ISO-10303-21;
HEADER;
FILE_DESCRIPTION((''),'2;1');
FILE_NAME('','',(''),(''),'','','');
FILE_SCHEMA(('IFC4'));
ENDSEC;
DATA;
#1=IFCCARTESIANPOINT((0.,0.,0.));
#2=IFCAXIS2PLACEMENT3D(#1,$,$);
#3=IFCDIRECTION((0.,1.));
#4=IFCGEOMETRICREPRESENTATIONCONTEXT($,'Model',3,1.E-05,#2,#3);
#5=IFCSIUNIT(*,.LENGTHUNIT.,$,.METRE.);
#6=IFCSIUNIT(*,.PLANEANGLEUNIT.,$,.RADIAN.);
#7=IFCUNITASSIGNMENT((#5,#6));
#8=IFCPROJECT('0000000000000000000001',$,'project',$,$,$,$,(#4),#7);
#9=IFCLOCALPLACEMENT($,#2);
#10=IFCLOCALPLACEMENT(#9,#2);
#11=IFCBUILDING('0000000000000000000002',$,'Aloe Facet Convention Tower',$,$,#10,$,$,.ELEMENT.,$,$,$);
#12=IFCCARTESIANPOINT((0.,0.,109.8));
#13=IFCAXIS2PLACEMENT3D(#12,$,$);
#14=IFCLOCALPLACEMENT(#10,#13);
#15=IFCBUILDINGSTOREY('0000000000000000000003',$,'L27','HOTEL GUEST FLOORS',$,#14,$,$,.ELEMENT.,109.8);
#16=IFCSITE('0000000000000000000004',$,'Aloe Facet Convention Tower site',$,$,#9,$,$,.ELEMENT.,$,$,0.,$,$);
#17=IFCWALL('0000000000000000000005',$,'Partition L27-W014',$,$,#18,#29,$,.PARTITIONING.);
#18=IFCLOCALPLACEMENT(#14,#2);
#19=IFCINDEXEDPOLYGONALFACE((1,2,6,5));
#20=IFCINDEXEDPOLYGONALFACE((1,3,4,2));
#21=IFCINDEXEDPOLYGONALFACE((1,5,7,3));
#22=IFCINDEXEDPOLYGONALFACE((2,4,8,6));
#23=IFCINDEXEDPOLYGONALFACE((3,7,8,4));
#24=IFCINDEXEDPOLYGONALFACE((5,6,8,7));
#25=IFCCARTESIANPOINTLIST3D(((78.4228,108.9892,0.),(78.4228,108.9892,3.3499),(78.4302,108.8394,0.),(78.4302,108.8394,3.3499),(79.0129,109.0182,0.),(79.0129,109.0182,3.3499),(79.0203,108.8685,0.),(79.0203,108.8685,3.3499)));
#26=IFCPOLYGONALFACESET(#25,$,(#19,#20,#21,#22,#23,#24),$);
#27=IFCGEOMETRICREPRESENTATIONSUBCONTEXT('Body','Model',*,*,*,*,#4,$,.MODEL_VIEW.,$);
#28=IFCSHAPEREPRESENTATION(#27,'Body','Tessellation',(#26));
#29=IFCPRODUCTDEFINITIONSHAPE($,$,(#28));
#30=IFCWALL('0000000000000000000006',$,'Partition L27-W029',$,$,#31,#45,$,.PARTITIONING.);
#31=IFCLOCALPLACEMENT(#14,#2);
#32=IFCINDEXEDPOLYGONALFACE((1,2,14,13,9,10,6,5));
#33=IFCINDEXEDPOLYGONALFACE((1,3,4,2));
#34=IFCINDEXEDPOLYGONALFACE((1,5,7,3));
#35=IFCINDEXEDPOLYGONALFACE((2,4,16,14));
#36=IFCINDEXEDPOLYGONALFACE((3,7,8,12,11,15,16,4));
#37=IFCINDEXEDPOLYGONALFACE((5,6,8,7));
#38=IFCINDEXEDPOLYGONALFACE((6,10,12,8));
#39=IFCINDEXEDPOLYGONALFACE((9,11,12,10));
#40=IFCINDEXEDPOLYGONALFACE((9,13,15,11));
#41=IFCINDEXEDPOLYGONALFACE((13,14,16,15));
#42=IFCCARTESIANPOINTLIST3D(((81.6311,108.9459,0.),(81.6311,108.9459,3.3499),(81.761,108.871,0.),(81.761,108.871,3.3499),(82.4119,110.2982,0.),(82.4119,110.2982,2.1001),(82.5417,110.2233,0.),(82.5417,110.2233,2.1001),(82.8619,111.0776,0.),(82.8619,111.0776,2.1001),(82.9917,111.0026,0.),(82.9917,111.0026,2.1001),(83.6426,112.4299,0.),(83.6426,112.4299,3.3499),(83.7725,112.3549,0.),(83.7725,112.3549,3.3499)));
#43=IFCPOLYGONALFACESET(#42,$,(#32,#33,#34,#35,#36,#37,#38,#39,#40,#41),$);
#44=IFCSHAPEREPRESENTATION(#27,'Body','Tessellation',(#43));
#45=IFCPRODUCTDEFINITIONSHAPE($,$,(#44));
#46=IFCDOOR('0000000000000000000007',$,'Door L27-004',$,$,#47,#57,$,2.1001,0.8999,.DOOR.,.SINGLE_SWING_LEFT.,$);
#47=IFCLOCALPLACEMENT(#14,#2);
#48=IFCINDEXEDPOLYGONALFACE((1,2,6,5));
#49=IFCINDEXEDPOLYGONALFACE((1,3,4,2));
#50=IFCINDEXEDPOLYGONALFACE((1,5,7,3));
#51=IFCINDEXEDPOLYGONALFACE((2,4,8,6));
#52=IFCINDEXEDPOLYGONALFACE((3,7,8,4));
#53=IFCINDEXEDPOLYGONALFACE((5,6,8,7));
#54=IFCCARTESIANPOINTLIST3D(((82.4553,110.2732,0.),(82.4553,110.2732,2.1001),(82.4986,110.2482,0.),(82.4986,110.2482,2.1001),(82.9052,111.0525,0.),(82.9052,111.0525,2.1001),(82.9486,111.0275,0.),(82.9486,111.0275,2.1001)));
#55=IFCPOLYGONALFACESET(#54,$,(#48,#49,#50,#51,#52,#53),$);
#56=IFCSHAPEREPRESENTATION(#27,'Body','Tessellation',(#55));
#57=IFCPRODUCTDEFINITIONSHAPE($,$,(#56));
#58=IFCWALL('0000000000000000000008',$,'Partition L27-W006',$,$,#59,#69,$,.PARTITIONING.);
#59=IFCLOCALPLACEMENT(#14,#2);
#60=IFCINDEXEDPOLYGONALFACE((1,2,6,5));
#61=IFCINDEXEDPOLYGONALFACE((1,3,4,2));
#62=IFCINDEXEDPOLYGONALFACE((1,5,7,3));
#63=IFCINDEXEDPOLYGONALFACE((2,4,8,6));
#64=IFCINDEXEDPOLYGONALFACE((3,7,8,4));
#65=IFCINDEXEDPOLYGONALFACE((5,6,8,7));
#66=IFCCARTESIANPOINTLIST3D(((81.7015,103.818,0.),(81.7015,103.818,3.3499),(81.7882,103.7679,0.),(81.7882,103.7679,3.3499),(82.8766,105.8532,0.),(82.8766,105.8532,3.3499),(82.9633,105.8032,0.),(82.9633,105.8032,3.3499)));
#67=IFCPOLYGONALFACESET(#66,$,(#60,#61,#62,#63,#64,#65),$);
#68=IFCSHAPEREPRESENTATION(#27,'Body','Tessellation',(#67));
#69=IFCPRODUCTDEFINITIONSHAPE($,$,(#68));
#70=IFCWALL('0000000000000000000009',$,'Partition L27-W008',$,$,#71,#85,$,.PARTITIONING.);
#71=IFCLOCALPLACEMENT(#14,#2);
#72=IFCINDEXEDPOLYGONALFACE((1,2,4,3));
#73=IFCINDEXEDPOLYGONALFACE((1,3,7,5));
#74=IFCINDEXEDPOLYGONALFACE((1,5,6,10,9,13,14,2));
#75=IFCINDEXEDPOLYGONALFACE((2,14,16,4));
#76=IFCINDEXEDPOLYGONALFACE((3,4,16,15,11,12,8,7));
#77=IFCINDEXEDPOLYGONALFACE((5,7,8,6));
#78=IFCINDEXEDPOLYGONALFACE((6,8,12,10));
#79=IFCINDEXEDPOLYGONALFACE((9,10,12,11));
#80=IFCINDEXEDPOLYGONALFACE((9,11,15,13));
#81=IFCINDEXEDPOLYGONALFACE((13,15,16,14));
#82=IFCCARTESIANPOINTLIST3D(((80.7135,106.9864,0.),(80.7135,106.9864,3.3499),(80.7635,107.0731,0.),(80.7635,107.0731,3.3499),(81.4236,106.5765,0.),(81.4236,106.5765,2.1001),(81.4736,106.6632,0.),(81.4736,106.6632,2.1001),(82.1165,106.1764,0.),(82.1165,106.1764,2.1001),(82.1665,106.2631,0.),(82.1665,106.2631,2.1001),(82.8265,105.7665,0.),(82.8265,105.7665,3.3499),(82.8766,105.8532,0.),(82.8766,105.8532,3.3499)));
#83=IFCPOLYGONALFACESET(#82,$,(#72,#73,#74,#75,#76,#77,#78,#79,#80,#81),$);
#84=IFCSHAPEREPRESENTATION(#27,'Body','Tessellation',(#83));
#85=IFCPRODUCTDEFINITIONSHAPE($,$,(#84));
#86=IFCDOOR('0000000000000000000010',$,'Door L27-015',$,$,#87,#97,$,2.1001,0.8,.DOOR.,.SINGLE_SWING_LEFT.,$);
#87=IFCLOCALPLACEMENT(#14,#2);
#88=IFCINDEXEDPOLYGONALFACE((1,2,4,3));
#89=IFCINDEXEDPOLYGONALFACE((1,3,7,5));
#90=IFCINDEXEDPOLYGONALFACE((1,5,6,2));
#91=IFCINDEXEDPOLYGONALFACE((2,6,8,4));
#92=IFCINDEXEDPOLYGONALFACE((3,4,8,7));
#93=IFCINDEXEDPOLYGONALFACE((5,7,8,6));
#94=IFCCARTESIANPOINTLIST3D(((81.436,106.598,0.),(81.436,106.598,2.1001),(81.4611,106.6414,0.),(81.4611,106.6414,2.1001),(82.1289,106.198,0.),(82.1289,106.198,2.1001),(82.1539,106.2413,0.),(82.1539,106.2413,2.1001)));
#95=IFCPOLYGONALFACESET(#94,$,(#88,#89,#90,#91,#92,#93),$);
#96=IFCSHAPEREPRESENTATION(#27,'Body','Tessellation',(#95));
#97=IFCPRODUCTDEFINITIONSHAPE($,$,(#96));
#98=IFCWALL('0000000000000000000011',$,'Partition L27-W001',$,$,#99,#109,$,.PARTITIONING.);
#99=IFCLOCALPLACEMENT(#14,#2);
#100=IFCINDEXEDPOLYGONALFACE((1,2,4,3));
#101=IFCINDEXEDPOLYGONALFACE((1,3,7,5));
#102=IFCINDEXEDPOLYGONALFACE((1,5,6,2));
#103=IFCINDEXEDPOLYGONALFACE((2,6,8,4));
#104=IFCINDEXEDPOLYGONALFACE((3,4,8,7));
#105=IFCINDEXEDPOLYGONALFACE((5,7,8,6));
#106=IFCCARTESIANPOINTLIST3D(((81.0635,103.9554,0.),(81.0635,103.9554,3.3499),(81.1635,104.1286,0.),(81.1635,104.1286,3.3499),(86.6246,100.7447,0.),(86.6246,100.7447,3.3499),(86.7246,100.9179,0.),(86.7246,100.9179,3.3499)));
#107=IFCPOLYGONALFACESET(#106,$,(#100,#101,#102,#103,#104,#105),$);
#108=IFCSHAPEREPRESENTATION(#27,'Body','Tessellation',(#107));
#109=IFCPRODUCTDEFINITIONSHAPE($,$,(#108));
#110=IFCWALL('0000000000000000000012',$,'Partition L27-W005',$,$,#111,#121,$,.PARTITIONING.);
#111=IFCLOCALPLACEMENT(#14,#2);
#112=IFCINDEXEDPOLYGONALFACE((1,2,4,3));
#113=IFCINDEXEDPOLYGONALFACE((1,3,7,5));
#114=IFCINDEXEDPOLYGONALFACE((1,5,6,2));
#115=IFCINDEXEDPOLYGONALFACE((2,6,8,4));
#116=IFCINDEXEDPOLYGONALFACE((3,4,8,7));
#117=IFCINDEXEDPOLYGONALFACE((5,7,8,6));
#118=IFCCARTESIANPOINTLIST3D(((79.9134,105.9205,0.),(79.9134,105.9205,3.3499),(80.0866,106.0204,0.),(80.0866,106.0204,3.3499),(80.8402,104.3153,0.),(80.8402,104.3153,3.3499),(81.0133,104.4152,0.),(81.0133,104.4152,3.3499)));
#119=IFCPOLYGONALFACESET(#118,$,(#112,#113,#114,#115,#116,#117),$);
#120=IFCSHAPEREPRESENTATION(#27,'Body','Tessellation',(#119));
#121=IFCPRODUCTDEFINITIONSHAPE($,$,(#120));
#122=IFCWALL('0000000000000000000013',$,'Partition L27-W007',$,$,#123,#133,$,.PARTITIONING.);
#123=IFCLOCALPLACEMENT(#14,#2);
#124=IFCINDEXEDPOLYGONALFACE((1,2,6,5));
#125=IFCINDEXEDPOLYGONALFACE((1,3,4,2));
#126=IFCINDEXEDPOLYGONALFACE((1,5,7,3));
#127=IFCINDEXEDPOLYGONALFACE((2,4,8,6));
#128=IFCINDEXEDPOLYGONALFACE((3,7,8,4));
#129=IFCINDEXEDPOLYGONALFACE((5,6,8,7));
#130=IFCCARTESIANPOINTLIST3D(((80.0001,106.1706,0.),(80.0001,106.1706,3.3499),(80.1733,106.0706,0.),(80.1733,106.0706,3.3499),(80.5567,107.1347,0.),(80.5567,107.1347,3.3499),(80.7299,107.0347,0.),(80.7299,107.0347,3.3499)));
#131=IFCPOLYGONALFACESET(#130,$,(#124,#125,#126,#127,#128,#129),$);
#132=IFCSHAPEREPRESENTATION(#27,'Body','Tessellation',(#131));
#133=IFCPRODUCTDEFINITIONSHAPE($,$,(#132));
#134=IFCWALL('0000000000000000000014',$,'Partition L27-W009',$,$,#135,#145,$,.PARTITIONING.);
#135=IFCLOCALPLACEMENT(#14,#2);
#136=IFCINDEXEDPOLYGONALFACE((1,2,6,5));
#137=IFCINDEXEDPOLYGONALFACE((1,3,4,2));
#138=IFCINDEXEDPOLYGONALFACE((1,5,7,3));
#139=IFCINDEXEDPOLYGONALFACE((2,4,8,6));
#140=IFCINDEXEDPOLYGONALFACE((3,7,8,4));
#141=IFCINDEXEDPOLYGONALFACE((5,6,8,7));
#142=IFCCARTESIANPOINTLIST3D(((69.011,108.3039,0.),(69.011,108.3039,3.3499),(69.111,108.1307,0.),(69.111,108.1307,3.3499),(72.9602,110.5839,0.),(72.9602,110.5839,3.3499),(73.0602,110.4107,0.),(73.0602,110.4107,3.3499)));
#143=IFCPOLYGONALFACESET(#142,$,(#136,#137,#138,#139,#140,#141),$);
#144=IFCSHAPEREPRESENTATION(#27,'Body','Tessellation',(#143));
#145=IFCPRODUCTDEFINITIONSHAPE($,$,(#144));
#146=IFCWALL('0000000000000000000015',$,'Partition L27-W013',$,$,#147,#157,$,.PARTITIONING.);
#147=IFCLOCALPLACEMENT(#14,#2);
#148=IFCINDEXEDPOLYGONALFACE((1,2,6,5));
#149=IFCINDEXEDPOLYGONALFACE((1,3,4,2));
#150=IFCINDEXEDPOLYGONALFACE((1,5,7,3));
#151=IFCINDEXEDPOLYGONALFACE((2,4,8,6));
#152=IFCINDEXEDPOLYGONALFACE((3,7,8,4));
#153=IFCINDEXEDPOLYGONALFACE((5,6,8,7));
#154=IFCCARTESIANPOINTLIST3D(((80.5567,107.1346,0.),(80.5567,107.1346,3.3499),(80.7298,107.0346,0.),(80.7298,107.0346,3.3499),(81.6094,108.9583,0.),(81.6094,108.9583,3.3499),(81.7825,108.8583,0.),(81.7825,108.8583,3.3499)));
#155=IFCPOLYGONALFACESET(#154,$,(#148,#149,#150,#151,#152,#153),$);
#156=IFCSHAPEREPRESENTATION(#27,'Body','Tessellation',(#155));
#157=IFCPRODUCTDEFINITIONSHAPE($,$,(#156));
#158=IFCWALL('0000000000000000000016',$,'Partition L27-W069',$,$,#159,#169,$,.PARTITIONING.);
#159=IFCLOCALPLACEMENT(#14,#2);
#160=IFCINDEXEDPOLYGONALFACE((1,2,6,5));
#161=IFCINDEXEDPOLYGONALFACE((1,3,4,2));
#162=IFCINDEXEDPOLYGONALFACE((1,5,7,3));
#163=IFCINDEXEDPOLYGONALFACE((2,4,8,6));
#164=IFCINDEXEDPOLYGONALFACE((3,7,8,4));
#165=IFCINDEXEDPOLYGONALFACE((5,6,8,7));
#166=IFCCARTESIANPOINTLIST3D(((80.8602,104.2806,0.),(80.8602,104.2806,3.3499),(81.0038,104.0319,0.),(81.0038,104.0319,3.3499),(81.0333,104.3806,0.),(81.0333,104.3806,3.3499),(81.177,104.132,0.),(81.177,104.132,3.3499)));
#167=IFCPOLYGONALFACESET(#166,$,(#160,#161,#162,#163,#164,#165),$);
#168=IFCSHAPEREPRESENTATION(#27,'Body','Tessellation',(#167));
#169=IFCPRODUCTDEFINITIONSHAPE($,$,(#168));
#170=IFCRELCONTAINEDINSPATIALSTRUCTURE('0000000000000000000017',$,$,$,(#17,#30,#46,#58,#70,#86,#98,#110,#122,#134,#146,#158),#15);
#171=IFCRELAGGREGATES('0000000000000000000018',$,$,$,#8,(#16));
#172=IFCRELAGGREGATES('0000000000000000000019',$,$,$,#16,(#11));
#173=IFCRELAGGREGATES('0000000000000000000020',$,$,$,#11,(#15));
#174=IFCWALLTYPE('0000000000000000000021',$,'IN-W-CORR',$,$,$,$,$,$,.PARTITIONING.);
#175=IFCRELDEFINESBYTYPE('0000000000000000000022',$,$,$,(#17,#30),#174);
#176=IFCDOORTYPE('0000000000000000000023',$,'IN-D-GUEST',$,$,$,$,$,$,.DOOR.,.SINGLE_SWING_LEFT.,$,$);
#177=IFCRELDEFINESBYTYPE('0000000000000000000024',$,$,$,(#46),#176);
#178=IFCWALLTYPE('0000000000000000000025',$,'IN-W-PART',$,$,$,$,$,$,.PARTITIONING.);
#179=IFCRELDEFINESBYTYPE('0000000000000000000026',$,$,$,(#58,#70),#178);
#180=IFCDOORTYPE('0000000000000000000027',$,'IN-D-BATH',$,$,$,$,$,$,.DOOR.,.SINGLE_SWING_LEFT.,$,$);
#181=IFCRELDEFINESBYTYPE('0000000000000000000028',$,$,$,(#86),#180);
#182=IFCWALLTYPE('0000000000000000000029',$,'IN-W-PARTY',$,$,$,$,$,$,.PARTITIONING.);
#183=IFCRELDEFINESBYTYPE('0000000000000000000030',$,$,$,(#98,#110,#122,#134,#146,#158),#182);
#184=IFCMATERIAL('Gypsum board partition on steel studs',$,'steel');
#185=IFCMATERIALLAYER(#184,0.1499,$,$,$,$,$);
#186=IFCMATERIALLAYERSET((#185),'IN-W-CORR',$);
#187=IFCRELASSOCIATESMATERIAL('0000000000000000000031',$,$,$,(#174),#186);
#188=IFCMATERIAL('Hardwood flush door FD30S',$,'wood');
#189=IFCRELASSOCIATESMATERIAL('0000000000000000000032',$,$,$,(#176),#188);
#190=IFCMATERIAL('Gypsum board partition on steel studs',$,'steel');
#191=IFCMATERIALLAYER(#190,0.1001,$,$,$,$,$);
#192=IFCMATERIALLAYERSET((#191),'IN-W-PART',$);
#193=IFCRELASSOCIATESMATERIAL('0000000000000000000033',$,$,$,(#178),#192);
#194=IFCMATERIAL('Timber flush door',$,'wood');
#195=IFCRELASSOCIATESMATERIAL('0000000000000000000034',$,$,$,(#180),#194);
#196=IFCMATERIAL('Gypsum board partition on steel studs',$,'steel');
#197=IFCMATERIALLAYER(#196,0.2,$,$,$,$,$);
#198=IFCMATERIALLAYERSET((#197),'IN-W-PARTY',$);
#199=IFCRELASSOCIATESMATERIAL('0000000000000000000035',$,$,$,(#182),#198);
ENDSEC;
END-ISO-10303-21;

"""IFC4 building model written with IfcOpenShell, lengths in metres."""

from ifc_helpers import new_model, si_unit, direction, frame, frame_2d, origin, place, context, subcontext, project, spatial, rectangle, extrude, material, layer, layer_set, type_object, element, fill, save


model = new_model("IFC4")

# Units and contexts
model_context = context("Model", 3, precision=1e-05, world=origin(), true_north=direction((0.0, 1.0)))
body_context = subcontext(model_context, "Body", "Model", "MODEL_VIEW")
ifc_project = project(units=[si_unit("LENGTHUNIT", "METRE"), si_unit("PLANEANGLEUNIT", "RADIAN")], contexts=[model_context])

# Site, building, storey
site_placement = place(None, origin())
site = spatial("IfcSite", under=ifc_project, at=site_placement, Name="Aloe Facet Convention Tower site", CompositionType="ELEMENT", RefElevation=0.0)
building_placement = place(site_placement, origin())
building = spatial("IfcBuilding", under=site, at=building_placement, Name="Aloe Facet Convention Tower", CompositionType="ELEMENT")
storey_placement = place(building_placement, frame((0.0, 0.0, 109.8)))
storey = spatial("IfcBuildingStorey", under=building, at=storey_placement, Name="L27", Description="HOTEL GUEST FLOORS", CompositionType="ELEMENT", Elevation=109.8)

# Wall
ifc_material_1 = material(Name="Gypsum board partition on steel studs", Category="steel")
ifc_layer_1 = layer(ifc_material_1, 0.1499)
ifc_layer_set_1 = layer_set([ifc_layer_1], Name="IN-W-CORR")
wall_type_1 = type_object("IfcWallType", Name="IN-W-CORR", PredefinedType="PARTITIONING", material=ifc_layer_set_1)
wall_1_placement = place(storey_placement, frame((78.4265, 108.9143, 0.0), z_axis=(0.0, 0.0, 1.0), x_axis=(0.99879, 0.049175, 0.0)))
element("IfcWall", 1, at=wall_1_placement, inside=storey, type_object=wall_type_1, Name="Partition L27-W014", PredefinedType="PARTITIONING", context=body_context, shape_type="SweptSolid", body=[
    extrude(rectangle(XDim=0.5908, YDim=0.1499, at=frame_2d((0.2954, 0.0))), origin(), (0.0, 0.0, 1.0), 3.3499),
])

# Wall, opening, door
wall_2_placement = place(storey_placement, frame((81.696, 108.9084, 0.0), z_axis=(0.0, 0.0, 1.0), x_axis=(0.50001, 0.86602, 0.0)))
wall_2 = element("IfcWall", 2, at=wall_2_placement, inside=storey, type_object=wall_type_1, Name="Partition L27-W029", PredefinedType="PARTITIONING", context=body_context, shape_type="SweptSolid", body=[
    extrude(rectangle(XDim=4.0229, YDim=0.1499, at=frame_2d((2.0115, 0.0))), origin(), (0.0, 0.0, 1.0), 3.3499),
])
opening_1_placement = place(wall_2_placement, frame((1.5615, 0.0, 0.0)))
opening_1 = element("IfcOpeningElement", 3, at=opening_1_placement, cuts=wall_2, PredefinedType="OPENING", context=body_context, shape_type="SweptSolid", body=[
    extrude(rectangle(XDim=0.8999, YDim=2.1001, at=frame_2d((0.45, 1.05))), frame((0.0, 0.085, 0.0), z_axis=(0.0, -1.0, 0.0), x_axis=(1.0, 0.0, 0.0)), (0.0, 0.0, 1.0), 0.1699),
])
ifc_material_2 = material(Name="Hardwood flush door FD30S", Category="wood")
door_type_1 = type_object("IfcDoorType", Name="IN-D-GUEST", OperationType="SINGLE_SWING_LEFT", PredefinedType="DOOR", material=ifc_material_2)
door_1_placement = place(opening_1_placement, origin())
door_1 = element("IfcDoor", 4, at=door_1_placement, inside=storey, type_object=door_type_1, Name="Door L27-004", OperationType="SINGLE_SWING_LEFT", OverallHeight=2.1001, OverallWidth=0.8999, PredefinedType="DOOR", context=body_context, shape_type="SweptSolid", body=[
    extrude(rectangle(XDim=0.8999, YDim=2.1001, at=frame_2d((0.45, 1.05))), frame((0.0, 0.0249, 0.0), z_axis=(0.0, -1.0, 0.0), x_axis=(1.0, 0.0, 0.0)), (0.0, 0.0, 1.0), 0.05),
])
fill(opening_1, door_1)

# Wall
ifc_material_3 = material(Name="Gypsum board partition on steel studs", Category="steel")
ifc_layer_2 = layer(ifc_material_3, 0.1001)
ifc_layer_set_2 = layer_set([ifc_layer_2], Name="IN-W-PART")
wall_type_2 = type_object("IfcWallType", Name="IN-W-PART", PredefinedType="PARTITIONING", material=ifc_layer_set_2)
wall_3_placement = place(storey_placement, frame((81.7449, 103.793, 0.0), z_axis=(0.0, 0.0, 1.0), x_axis=(0.500016, 0.866016, 0.0)))
element("IfcWall", 5, at=wall_3_placement, inside=storey, type_object=wall_type_2, Name="Partition L27-W006", PredefinedType="PARTITIONING", context=body_context, shape_type="SweptSolid", body=[
    extrude(rectangle(XDim=2.3501, YDim=0.1001, at=frame_2d((1.175, 0.0))), origin(), (0.0, 0.0, 1.0), 3.3499),
])

# Wall, opening, door
wall_4_placement = place(storey_placement, frame((80.7385, 107.0298, 0.0), z_axis=(0.0, 0.0, 1.0), x_axis=(0.866024, -0.500003, 0.0)))
wall_4 = element("IfcWall", 6, at=wall_4_placement, inside=storey, type_object=wall_type_2, Name="Partition L27-W008", PredefinedType="PARTITIONING", context=body_context, shape_type="SweptSolid", body=[
    extrude(rectangle(XDim=2.4399, YDim=0.1001, at=frame_2d((1.22, 0.0))), origin(), (0.0, 0.0, 1.0), 3.3499),
])
opening_2_placement = place(wall_4_placement, frame((0.8201, 0.0, 0.0)))
opening_2 = element("IfcOpeningElement", 7, at=opening_2_placement, cuts=wall_4, PredefinedType="OPENING", context=body_context, shape_type="SweptSolid", body=[
    extrude(rectangle(XDim=0.8, YDim=2.1001, at=frame_2d((0.3999, 1.05))), frame((0.0, 0.0601, 0.0), z_axis=(0.0, -1.0, 0.0), x_axis=(1.0, 0.0, 0.0)), (0.0, 0.0, 1.0), 0.1201),
])
ifc_material_4 = material(Name="Timber flush door", Category="wood")
door_type_2 = type_object("IfcDoorType", Name="IN-D-BATH", OperationType="SINGLE_SWING_LEFT", PredefinedType="DOOR", material=ifc_material_4)
door_2_placement = place(opening_2_placement, origin())
door_2 = element("IfcDoor", 8, at=door_2_placement, inside=storey, type_object=door_type_2, Name="Door L27-015", OperationType="SINGLE_SWING_LEFT", OverallHeight=2.1001, OverallWidth=0.8, PredefinedType="DOOR", context=body_context, shape_type="SweptSolid", body=[
    extrude(rectangle(XDim=0.8, YDim=2.1001, at=frame_2d((0.3999, 1.05))), frame((0.0, 0.0249, 0.0), z_axis=(0.0, -1.0, 0.0), x_axis=(1.0, 0.0, 0.0)), (0.0, 0.0, 1.0), 0.05),
])
fill(opening_2, door_2)

# Walls
ifc_material_5 = material(Name="Gypsum board partition on steel studs", Category="steel")
ifc_layer_3 = layer(ifc_material_5, 0.2)
ifc_layer_set_3 = layer_set([ifc_layer_3], Name="IN-W-PARTY")
wall_type_3 = type_object("IfcWallType", Name="IN-W-PARTY", PredefinedType="PARTITIONING", material=ifc_layer_set_3)
wall_5_placement = place(storey_placement, frame((81.1135, 104.042, 0.0), z_axis=(0.0, 0.0, 1.0), x_axis=(0.866024, -0.500003, 0.0)))
element("IfcWall", 9, at=wall_5_placement, inside=storey, type_object=wall_type_3, Name="Partition L27-W001", PredefinedType="PARTITIONING", context=body_context, shape_type="SweptSolid", body=[
    extrude(rectangle(XDim=6.4214, YDim=0.2, at=frame_2d((3.2107, 0.0))), origin(), (0.0, 0.0, 1.0), 3.3499),
])
wall_6_placement = place(storey_placement, frame((80.0, 105.9705, 0.0), z_axis=(0.0, 0.0, 1.0), x_axis=(0.499992, -0.86603, 0.0)))
element("IfcWall", 10, at=wall_6_placement, inside=storey, type_object=wall_type_3, Name="Partition L27-W005", PredefinedType="PARTITIONING", context=body_context, shape_type="SweptSolid", body=[
    extrude(rectangle(XDim=1.8535, YDim=0.2, at=frame_2d((0.9268, 0.0))), origin(), (0.0, 0.0, 1.0), 3.3499),
])
wall_7_placement = place(storey_placement, frame((80.0867, 106.1206, 0.0), z_axis=(0.0, 0.0, 1.0), x_axis=(0.500007, 0.866021, 0.0)))
element("IfcWall", 11, at=wall_7_placement, inside=storey, type_object=wall_type_3, Name="Partition L27-W007", PredefinedType="PARTITIONING", context=body_context, shape_type="SweptSolid", body=[
    extrude(rectangle(XDim=1.1133, YDim=0.2, at=frame_2d((0.5566, 0.0))), origin(), (0.0, 0.0, 1.0), 3.3499),
])
wall_8_placement = place(storey_placement, frame((69.061, 108.2173, 0.0), z_axis=(0.0, 0.0, 1.0), x_axis=(0.86603, 0.499991, 0.0)))
element("IfcWall", 12, at=wall_8_placement, inside=storey, type_object=wall_type_3, Name="Partition L27-W009", PredefinedType="PARTITIONING", context=body_context, shape_type="SweptSolid", body=[
    extrude(rectangle(XDim=4.5601, YDim=0.2, at=frame_2d((2.28, 0.0))), origin(), (0.0, 0.0, 1.0), 3.3499),
])
wall_9_placement = place(storey_placement, frame((80.6433, 107.0847, 0.0), z_axis=(0.0, 0.0, 1.0), x_axis=(0.49993, 0.866066, 0.0)))
element("IfcWall", 13, at=wall_9_placement, inside=storey, type_object=wall_type_3, Name="Partition L27-W013", PredefinedType="PARTITIONING", context=body_context, shape_type="SweptSolid", body=[
    extrude(rectangle(XDim=2.1057, YDim=0.2, at=frame_2d((1.0527, 0.0))), origin(), (0.0, 0.0, 1.0), 3.3499),
])
wall_10_placement = place(storey_placement, frame((80.9468, 104.3306, 0.0), z_axis=(0.0, 0.0, 1.0), x_axis=(0.500164, -0.865931, 0.0)))
element("IfcWall", 14, at=wall_10_placement, inside=storey, type_object=wall_type_3, Name="Partition L27-W069", PredefinedType="PARTITIONING", context=body_context, shape_type="SweptSolid", body=[
    extrude(rectangle(XDim=0.2871, YDim=0.2, at=frame_2d((0.1436, 0.0))), origin(), (0.0, 0.0, 1.0), 3.3499),
])

save(model, "model.ifc")
